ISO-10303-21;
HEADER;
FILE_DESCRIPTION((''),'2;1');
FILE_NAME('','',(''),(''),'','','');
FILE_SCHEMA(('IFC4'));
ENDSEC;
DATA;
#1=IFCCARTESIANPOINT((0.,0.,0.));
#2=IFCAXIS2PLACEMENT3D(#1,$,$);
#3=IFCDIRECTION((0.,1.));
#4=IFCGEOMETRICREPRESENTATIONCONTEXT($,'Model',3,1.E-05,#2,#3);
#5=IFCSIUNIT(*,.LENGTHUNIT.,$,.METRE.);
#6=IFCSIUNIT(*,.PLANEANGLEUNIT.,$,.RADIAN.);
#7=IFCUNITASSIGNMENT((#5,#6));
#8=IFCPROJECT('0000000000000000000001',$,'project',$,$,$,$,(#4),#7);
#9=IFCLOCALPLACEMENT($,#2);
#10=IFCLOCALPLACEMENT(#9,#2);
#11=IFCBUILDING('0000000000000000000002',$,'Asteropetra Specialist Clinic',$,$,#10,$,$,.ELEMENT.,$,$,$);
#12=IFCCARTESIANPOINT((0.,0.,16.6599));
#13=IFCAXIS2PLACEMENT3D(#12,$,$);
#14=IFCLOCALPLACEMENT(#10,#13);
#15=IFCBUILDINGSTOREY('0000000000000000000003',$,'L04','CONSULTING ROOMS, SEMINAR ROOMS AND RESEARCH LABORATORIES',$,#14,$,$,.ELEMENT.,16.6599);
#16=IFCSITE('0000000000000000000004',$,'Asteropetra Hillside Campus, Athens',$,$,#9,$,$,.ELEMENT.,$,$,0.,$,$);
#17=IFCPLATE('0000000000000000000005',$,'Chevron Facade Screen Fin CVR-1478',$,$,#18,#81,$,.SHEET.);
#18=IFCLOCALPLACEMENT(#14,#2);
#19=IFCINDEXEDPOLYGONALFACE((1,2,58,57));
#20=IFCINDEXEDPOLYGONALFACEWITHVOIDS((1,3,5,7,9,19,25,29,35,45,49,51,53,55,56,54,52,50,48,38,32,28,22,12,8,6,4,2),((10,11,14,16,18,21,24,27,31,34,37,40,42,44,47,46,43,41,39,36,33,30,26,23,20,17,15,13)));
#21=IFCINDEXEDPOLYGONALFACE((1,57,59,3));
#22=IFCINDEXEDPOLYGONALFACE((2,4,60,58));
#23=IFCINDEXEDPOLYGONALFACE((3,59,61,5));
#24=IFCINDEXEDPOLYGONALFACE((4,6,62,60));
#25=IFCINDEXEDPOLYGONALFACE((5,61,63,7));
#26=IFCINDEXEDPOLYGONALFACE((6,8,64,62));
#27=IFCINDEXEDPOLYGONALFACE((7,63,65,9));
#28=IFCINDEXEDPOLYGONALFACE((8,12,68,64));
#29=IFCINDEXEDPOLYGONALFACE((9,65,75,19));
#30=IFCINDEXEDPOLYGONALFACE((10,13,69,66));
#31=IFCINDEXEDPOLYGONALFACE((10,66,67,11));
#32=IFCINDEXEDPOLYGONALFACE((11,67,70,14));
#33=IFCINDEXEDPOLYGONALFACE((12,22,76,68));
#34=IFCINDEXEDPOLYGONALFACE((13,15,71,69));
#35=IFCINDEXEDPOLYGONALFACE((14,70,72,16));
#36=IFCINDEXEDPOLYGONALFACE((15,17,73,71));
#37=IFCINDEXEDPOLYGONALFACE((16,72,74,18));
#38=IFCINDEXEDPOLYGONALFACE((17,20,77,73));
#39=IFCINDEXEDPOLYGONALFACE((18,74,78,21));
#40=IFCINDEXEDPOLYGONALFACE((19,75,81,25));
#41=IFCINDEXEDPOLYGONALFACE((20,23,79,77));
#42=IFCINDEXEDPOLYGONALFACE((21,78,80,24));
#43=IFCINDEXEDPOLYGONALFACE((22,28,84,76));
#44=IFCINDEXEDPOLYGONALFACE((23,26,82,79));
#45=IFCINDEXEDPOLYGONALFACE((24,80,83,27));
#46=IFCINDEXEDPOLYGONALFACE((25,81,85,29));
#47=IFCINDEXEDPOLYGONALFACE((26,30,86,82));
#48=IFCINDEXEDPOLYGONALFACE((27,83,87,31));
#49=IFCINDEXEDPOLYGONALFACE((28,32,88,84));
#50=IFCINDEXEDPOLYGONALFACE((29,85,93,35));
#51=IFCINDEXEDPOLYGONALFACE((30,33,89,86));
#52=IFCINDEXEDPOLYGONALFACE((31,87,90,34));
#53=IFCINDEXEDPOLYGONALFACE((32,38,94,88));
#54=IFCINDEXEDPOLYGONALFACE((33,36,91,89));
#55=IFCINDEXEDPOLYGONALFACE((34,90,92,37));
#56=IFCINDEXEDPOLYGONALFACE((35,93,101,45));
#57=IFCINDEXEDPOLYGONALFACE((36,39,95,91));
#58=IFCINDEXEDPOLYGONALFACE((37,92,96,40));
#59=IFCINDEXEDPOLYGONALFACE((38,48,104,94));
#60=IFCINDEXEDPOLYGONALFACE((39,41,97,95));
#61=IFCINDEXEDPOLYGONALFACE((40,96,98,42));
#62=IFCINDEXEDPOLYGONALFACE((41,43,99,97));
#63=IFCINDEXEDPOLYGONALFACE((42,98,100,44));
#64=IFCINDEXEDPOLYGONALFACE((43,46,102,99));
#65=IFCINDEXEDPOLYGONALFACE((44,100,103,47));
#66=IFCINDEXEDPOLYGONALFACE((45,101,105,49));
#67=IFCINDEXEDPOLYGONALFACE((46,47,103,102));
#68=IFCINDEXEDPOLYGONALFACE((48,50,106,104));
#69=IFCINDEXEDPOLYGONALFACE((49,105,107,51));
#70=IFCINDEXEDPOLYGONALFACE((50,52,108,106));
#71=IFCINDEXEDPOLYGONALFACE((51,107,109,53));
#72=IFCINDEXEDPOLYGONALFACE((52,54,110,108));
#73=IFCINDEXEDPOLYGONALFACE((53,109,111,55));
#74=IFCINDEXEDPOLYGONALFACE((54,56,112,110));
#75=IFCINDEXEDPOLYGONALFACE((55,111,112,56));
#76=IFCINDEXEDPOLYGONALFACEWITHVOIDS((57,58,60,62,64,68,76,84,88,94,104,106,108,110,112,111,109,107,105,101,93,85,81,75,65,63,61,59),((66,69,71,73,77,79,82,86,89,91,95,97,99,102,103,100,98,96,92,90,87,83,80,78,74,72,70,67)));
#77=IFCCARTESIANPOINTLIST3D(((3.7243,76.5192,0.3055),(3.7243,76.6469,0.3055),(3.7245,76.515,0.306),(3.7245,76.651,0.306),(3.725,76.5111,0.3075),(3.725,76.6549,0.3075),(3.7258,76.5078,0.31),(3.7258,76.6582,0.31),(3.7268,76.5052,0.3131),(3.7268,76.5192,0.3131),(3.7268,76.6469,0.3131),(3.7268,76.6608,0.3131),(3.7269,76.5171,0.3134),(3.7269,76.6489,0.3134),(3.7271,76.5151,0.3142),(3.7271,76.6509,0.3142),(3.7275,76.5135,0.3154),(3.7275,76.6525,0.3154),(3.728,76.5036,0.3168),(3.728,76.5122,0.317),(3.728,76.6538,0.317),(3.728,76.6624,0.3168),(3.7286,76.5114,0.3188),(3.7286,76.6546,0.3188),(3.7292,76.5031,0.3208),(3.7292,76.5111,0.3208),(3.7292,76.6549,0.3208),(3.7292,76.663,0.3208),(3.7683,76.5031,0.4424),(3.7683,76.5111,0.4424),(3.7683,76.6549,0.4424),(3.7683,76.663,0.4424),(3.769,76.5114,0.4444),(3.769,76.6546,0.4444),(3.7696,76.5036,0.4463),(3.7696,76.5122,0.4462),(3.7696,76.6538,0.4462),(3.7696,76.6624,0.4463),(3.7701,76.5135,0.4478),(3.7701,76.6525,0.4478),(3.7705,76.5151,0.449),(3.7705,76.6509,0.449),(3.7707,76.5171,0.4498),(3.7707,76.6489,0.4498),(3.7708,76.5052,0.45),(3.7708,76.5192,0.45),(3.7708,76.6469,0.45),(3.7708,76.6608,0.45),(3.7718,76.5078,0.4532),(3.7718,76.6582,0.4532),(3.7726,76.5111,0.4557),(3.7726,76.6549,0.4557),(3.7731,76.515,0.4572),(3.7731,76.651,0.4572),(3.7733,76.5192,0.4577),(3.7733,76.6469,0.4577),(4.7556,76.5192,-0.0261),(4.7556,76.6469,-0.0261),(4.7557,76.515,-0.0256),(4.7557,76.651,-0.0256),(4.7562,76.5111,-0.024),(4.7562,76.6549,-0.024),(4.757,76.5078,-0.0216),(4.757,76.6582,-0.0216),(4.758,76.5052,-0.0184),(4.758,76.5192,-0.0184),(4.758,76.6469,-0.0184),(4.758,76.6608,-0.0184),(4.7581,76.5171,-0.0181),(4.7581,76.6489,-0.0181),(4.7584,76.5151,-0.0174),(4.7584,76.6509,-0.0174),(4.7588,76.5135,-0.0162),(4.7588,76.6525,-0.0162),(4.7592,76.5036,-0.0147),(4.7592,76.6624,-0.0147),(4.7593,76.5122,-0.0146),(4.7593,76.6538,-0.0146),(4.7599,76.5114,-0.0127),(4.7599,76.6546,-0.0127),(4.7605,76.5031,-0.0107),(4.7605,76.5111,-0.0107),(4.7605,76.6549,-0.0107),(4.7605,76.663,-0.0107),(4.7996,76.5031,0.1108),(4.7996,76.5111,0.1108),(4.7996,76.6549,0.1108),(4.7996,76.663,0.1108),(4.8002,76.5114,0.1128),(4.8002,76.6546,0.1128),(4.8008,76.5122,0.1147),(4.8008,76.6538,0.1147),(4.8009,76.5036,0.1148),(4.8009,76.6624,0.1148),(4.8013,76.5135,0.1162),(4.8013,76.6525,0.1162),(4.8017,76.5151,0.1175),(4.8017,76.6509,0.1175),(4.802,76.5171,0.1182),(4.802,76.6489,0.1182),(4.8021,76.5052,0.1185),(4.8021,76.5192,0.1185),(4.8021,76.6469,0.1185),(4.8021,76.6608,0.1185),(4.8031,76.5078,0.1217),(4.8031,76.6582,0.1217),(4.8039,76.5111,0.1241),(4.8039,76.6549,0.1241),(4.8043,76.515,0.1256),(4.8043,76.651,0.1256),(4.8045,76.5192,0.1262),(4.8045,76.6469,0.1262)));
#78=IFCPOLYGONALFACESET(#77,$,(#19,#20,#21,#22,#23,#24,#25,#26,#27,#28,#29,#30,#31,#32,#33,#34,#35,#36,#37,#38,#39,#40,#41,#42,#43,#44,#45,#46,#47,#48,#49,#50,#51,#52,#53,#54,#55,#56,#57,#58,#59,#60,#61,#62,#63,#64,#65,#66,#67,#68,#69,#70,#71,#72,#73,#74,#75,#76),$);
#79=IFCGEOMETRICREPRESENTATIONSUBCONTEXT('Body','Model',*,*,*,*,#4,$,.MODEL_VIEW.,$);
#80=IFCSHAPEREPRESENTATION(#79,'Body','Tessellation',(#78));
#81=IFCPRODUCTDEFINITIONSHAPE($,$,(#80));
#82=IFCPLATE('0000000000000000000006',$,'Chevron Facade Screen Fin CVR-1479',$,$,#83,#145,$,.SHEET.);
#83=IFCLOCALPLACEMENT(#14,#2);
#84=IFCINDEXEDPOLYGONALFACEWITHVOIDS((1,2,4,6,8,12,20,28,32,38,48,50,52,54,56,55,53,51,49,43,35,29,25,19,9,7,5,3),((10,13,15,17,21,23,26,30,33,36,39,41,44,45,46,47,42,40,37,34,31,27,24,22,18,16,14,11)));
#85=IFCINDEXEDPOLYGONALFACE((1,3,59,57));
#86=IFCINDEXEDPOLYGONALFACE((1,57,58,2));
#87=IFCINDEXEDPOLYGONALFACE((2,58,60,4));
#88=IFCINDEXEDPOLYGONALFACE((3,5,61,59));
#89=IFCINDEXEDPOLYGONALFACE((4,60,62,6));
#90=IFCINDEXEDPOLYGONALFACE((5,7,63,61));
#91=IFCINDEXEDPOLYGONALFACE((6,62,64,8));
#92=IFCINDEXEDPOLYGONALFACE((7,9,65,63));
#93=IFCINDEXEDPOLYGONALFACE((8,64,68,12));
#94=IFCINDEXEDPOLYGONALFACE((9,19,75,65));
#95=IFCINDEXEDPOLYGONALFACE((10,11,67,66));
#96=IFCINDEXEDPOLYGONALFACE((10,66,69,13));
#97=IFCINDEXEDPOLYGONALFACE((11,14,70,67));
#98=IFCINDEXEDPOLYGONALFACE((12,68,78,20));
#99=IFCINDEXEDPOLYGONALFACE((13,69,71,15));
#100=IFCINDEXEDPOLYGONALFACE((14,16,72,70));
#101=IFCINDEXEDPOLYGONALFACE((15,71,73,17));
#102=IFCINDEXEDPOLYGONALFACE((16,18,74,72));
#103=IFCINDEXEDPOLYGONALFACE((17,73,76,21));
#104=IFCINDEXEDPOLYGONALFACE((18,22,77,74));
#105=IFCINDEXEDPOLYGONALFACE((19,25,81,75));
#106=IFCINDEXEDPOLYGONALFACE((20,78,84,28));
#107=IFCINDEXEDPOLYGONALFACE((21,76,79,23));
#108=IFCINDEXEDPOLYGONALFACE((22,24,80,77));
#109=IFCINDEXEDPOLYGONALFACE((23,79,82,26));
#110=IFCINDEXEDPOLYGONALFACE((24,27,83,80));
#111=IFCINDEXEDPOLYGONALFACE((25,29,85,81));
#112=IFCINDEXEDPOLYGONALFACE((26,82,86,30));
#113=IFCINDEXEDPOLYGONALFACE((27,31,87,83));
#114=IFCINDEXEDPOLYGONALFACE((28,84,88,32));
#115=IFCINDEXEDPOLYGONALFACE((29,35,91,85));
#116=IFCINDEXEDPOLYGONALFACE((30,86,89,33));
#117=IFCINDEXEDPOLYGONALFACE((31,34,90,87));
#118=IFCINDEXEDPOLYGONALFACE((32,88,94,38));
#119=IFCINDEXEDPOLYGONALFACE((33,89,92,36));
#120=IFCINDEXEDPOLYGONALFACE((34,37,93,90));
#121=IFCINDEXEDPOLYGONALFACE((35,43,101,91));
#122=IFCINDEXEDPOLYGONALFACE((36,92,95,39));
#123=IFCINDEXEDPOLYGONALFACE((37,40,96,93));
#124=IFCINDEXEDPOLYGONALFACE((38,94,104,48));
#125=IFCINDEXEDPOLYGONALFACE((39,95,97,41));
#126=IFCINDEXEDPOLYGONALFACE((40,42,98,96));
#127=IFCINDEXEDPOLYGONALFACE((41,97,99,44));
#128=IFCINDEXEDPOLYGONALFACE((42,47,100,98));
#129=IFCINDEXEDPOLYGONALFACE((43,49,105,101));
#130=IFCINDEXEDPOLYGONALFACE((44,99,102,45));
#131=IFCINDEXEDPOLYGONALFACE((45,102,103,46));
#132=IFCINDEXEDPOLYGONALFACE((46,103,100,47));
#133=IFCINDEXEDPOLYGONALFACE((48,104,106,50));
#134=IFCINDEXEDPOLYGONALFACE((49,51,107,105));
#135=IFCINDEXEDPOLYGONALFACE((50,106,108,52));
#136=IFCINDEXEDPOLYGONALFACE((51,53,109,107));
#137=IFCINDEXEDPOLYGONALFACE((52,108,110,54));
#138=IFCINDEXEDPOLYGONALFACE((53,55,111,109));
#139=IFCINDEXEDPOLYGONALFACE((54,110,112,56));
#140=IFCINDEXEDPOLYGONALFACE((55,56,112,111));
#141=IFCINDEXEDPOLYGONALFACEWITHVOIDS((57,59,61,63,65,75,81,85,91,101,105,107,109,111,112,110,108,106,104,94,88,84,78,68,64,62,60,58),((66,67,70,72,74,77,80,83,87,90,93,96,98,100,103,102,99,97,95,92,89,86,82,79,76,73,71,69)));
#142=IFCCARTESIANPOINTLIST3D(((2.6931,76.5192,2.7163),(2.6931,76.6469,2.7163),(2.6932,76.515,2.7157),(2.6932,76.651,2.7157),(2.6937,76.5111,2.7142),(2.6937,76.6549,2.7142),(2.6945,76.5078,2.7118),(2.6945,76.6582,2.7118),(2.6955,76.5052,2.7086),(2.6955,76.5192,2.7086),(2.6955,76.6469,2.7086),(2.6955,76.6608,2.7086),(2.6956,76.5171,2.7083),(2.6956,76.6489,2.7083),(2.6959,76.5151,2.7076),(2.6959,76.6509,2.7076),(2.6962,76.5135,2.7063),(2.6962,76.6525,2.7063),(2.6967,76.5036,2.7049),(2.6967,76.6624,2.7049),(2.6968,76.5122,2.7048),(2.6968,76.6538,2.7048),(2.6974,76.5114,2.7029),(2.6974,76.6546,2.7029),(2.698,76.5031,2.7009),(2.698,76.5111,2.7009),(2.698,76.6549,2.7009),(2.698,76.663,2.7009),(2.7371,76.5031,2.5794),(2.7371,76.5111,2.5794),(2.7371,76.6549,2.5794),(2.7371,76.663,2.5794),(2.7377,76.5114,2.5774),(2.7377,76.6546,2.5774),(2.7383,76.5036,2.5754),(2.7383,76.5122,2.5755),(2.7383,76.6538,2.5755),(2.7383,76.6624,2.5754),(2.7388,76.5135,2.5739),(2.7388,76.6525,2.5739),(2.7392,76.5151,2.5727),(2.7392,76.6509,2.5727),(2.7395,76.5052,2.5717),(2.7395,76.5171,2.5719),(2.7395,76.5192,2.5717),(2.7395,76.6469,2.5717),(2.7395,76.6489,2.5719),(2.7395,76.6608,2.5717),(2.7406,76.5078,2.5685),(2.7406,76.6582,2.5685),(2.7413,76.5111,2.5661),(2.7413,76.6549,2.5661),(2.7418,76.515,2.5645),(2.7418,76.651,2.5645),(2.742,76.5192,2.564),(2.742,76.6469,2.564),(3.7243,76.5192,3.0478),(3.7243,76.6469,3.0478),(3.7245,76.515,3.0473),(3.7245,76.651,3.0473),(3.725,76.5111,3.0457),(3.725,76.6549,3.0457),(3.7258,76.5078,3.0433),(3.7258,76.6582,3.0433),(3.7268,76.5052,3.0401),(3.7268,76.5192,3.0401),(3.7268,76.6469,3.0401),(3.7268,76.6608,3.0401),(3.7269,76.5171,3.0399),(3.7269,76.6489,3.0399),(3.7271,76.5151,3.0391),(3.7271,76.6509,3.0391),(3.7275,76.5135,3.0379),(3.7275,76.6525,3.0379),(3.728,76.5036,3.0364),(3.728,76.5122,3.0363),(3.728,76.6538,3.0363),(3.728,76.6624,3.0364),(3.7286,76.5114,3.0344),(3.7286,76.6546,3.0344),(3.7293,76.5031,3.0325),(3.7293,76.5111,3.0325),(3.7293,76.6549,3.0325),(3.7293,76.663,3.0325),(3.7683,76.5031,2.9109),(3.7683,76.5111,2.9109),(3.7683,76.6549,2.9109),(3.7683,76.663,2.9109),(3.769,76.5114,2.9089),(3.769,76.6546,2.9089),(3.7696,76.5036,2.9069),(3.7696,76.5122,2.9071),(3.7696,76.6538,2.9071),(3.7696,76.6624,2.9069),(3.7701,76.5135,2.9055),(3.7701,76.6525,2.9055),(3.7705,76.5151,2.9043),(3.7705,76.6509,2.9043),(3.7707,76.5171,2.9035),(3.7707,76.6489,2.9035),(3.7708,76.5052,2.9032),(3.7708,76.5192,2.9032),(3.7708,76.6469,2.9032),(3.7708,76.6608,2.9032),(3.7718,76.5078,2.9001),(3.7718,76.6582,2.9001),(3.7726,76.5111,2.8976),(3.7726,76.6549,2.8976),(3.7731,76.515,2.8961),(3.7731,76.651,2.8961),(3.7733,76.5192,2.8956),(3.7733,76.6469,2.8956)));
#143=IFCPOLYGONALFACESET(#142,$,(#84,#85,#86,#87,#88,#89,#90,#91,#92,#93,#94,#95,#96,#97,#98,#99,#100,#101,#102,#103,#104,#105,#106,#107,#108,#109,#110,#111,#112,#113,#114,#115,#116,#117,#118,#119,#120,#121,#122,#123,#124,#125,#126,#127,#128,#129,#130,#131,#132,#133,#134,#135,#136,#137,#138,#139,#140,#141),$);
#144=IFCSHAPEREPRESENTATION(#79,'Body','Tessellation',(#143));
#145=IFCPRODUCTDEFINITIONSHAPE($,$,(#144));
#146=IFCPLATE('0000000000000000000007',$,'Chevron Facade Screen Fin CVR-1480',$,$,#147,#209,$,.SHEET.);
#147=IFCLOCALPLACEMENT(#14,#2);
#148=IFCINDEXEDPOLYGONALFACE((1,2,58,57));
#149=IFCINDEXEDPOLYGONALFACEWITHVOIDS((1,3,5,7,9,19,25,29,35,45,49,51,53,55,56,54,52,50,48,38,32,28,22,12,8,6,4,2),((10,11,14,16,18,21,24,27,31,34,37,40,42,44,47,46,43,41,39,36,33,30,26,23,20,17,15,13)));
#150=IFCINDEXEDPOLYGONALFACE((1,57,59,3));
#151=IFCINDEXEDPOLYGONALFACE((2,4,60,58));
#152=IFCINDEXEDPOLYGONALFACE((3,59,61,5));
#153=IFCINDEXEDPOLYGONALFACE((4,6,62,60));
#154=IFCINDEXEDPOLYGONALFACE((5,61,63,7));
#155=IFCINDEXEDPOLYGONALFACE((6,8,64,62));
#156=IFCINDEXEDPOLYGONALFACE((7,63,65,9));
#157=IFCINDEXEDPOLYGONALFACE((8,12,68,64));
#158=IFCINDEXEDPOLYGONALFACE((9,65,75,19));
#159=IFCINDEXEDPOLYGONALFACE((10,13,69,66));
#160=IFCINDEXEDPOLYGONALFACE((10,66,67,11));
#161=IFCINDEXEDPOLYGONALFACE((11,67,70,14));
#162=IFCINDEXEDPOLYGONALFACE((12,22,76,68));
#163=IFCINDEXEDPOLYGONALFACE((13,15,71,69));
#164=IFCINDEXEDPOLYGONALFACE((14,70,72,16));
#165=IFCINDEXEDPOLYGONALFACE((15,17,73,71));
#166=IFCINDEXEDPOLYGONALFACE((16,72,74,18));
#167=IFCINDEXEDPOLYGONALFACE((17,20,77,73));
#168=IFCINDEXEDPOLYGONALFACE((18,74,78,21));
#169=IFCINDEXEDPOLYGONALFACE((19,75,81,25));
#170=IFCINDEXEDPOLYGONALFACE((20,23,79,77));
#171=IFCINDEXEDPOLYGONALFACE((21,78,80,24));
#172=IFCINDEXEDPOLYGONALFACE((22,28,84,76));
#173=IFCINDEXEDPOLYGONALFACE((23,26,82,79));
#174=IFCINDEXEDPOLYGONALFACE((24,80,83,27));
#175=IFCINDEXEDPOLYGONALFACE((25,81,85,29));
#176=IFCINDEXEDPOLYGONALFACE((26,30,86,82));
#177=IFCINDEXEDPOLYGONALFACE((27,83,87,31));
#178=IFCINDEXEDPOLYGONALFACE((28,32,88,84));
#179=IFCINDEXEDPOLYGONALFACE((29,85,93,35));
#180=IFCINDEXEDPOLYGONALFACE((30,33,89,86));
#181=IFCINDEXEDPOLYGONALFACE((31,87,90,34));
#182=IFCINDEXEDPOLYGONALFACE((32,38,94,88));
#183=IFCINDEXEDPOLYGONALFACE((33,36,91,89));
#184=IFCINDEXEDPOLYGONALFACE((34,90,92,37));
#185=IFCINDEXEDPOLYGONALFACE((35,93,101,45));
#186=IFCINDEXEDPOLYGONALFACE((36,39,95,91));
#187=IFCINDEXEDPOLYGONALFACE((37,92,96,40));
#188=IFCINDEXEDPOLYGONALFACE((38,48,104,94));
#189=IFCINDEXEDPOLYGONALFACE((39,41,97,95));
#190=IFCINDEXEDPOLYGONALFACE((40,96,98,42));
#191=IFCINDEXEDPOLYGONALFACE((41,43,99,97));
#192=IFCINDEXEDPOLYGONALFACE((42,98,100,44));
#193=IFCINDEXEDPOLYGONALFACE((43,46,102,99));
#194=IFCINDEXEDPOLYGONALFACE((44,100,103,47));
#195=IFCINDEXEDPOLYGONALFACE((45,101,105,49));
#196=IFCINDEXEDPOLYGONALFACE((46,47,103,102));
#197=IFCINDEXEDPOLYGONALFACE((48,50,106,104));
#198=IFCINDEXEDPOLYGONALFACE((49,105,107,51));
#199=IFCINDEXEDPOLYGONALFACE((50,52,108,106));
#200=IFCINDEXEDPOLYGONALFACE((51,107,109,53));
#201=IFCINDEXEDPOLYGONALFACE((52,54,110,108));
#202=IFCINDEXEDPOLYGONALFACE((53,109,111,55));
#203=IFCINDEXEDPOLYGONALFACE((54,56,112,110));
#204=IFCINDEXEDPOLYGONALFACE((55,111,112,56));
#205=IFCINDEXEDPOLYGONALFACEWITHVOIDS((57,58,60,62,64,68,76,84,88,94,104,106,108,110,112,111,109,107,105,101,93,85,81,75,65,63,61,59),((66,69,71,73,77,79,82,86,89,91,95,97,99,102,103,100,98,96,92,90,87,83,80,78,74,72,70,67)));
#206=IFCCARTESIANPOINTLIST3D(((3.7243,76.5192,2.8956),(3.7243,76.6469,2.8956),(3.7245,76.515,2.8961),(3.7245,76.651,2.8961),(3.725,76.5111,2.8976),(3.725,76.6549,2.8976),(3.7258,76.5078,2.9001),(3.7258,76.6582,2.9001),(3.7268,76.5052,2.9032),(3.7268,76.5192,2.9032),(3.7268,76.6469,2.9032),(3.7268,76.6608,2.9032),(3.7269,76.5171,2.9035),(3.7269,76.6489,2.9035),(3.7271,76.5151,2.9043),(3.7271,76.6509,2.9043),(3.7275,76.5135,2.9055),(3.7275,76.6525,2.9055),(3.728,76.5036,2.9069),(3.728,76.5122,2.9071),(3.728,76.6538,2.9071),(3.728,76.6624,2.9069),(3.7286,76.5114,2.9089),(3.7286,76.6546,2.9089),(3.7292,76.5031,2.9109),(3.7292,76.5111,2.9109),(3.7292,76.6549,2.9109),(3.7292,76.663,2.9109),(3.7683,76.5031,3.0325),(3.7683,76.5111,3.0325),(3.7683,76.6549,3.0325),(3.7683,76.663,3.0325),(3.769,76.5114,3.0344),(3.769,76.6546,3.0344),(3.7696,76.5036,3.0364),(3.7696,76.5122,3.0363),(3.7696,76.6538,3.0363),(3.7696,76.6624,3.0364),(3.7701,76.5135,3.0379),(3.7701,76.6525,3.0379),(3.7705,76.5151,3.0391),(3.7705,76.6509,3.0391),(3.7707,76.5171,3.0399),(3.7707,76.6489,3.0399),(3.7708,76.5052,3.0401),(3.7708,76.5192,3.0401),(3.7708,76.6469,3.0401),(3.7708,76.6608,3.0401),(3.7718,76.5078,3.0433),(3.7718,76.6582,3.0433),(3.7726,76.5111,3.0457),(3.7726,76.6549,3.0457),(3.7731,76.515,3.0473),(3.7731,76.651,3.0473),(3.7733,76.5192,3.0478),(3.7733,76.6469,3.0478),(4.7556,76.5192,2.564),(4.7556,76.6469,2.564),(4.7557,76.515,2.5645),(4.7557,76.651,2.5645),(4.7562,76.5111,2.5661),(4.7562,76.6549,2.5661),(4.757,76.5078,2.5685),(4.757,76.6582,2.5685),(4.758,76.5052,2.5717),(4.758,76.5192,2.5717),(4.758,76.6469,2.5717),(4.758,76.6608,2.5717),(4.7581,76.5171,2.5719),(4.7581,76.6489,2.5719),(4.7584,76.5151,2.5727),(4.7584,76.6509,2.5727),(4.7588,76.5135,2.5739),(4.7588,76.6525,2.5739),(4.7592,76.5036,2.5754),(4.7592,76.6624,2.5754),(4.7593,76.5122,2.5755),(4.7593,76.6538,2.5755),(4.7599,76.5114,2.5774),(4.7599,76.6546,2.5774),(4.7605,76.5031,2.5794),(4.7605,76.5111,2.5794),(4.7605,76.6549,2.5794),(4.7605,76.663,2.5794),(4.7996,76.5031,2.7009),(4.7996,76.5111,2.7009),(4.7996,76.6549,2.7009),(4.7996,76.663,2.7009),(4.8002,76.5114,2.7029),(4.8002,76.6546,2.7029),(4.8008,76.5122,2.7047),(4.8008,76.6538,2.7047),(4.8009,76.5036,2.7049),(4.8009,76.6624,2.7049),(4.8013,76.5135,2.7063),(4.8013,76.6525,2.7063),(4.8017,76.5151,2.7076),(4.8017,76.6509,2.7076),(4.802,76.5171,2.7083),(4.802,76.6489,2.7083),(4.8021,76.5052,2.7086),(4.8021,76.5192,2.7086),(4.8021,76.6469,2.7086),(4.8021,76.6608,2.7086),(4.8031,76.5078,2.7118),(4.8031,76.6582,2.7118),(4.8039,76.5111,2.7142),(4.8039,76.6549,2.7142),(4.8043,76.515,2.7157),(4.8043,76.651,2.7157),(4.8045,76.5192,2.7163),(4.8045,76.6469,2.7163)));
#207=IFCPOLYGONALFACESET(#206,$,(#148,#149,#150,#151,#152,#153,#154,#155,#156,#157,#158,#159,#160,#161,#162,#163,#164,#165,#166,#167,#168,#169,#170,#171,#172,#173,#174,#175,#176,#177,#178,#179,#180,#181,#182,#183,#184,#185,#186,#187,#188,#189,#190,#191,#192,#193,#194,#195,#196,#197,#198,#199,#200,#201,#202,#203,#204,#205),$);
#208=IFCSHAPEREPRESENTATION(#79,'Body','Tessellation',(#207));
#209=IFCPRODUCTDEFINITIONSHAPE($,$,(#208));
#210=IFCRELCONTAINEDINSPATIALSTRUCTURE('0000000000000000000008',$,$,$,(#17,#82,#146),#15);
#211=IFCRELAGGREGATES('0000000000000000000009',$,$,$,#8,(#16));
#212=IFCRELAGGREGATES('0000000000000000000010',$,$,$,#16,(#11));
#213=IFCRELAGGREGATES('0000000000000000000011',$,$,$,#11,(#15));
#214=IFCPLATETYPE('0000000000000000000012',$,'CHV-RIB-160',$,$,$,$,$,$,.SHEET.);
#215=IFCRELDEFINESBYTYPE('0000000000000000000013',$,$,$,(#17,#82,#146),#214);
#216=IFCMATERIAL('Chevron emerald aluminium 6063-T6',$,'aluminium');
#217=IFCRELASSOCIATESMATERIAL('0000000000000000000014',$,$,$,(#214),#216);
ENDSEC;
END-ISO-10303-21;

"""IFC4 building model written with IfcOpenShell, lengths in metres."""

from ifc_helpers import new_model, si_unit, direction, frame, origin, origin_2d, place, context, subcontext, project, spatial, hollow_rectangle, extrude, material, material_profile, profile_set, type_object, element, save


model = new_model("IFC4")

# Units and contexts
model_context = context("Model", 3, precision=1e-05, world=origin(), true_north=direction((0.0, 1.0)))
body_context = subcontext(model_context, "Body", "Model", "MODEL_VIEW")
ifc_project = project(units=[si_unit("LENGTHUNIT", "METRE"), si_unit("PLANEANGLEUNIT", "RADIAN")], contexts=[model_context])

# Site, building, storey
site_placement = place(None, origin())
site = spatial("IfcSite", under=ifc_project, at=site_placement, Name="Asteropetra Hillside Campus, Athens", CompositionType="ELEMENT", RefElevation=0.0)
building_placement = place(site_placement, origin())
building = spatial("IfcBuilding", under=site, at=building_placement, Name="Asteropetra Specialist Clinic", CompositionType="ELEMENT")
storey_placement = place(building_placement, frame((0.0, 0.0, 16.6599)))
storey = spatial("IfcBuildingStorey", under=building, at=storey_placement, Name="L04", Description="CONSULTING ROOMS, SEMINAR ROOMS AND RESEARCH LABORATORIES", CompositionType="ELEMENT", Elevation=16.6599)

# Plates
ifc_material_1 = material(Name="Chevron emerald aluminium 6063-T6", Category="aluminium")
ifc_material_profile_1 = material_profile(ifc_material_1, hollow_rectangle(XDim=0.1599, YDim=0.1599, WallThickness=0.0081, InnerFilletRadius=0.0081, OuterFilletRadius=0.0161, at=origin_2d()), Name="SHS 160x160x8.0")
ifc_profile_set_1 = profile_set([ifc_material_profile_1], Name="Chevron emerald aluminium 6063-T6")
plate_type_1 = type_object("IfcPlateType", Name="CHV-RIB-160", PredefinedType="SHEET", material=ifc_profile_set_1)
for number, where, z_axis, x_axis, name in (
    (1, (3.7488, 76.583, 0.3816), (0.95201, 0.0, -0.306068), (0.0, 1.0, 0.0), "Chevron Facade Screen Fin CVR-1478"),
    (2, (2.7175, 76.583, 2.6401), (0.95201, 0.0, 0.306068), (0.0, 1.0, 0.0), "Chevron Facade Screen Fin CVR-1479"),
    (3, (3.7488, 76.583, 2.9717), (0.95201, 0.0, -0.306068), (0.0, 1.0, 0.0), "Chevron Facade Screen Fin CVR-1480"),
):
    element("IfcPlate", number, at=place(storey_placement, frame(where, z_axis=z_axis, x_axis=x_axis)), inside=storey, type_object=plate_type_1, Name=name, PredefinedType="SHEET", context=body_context, shape_type="SweptSolid", body=[
        extrude(hollow_rectangle(XDim=0.1599, YDim=0.1599, WallThickness=0.0081, InnerFilletRadius=0.0081, OuterFilletRadius=0.0161, at=origin_2d()), origin(), (0.0, 0.0, 1.0), 1.0833),
    ])

save(model, "model.ifc")
